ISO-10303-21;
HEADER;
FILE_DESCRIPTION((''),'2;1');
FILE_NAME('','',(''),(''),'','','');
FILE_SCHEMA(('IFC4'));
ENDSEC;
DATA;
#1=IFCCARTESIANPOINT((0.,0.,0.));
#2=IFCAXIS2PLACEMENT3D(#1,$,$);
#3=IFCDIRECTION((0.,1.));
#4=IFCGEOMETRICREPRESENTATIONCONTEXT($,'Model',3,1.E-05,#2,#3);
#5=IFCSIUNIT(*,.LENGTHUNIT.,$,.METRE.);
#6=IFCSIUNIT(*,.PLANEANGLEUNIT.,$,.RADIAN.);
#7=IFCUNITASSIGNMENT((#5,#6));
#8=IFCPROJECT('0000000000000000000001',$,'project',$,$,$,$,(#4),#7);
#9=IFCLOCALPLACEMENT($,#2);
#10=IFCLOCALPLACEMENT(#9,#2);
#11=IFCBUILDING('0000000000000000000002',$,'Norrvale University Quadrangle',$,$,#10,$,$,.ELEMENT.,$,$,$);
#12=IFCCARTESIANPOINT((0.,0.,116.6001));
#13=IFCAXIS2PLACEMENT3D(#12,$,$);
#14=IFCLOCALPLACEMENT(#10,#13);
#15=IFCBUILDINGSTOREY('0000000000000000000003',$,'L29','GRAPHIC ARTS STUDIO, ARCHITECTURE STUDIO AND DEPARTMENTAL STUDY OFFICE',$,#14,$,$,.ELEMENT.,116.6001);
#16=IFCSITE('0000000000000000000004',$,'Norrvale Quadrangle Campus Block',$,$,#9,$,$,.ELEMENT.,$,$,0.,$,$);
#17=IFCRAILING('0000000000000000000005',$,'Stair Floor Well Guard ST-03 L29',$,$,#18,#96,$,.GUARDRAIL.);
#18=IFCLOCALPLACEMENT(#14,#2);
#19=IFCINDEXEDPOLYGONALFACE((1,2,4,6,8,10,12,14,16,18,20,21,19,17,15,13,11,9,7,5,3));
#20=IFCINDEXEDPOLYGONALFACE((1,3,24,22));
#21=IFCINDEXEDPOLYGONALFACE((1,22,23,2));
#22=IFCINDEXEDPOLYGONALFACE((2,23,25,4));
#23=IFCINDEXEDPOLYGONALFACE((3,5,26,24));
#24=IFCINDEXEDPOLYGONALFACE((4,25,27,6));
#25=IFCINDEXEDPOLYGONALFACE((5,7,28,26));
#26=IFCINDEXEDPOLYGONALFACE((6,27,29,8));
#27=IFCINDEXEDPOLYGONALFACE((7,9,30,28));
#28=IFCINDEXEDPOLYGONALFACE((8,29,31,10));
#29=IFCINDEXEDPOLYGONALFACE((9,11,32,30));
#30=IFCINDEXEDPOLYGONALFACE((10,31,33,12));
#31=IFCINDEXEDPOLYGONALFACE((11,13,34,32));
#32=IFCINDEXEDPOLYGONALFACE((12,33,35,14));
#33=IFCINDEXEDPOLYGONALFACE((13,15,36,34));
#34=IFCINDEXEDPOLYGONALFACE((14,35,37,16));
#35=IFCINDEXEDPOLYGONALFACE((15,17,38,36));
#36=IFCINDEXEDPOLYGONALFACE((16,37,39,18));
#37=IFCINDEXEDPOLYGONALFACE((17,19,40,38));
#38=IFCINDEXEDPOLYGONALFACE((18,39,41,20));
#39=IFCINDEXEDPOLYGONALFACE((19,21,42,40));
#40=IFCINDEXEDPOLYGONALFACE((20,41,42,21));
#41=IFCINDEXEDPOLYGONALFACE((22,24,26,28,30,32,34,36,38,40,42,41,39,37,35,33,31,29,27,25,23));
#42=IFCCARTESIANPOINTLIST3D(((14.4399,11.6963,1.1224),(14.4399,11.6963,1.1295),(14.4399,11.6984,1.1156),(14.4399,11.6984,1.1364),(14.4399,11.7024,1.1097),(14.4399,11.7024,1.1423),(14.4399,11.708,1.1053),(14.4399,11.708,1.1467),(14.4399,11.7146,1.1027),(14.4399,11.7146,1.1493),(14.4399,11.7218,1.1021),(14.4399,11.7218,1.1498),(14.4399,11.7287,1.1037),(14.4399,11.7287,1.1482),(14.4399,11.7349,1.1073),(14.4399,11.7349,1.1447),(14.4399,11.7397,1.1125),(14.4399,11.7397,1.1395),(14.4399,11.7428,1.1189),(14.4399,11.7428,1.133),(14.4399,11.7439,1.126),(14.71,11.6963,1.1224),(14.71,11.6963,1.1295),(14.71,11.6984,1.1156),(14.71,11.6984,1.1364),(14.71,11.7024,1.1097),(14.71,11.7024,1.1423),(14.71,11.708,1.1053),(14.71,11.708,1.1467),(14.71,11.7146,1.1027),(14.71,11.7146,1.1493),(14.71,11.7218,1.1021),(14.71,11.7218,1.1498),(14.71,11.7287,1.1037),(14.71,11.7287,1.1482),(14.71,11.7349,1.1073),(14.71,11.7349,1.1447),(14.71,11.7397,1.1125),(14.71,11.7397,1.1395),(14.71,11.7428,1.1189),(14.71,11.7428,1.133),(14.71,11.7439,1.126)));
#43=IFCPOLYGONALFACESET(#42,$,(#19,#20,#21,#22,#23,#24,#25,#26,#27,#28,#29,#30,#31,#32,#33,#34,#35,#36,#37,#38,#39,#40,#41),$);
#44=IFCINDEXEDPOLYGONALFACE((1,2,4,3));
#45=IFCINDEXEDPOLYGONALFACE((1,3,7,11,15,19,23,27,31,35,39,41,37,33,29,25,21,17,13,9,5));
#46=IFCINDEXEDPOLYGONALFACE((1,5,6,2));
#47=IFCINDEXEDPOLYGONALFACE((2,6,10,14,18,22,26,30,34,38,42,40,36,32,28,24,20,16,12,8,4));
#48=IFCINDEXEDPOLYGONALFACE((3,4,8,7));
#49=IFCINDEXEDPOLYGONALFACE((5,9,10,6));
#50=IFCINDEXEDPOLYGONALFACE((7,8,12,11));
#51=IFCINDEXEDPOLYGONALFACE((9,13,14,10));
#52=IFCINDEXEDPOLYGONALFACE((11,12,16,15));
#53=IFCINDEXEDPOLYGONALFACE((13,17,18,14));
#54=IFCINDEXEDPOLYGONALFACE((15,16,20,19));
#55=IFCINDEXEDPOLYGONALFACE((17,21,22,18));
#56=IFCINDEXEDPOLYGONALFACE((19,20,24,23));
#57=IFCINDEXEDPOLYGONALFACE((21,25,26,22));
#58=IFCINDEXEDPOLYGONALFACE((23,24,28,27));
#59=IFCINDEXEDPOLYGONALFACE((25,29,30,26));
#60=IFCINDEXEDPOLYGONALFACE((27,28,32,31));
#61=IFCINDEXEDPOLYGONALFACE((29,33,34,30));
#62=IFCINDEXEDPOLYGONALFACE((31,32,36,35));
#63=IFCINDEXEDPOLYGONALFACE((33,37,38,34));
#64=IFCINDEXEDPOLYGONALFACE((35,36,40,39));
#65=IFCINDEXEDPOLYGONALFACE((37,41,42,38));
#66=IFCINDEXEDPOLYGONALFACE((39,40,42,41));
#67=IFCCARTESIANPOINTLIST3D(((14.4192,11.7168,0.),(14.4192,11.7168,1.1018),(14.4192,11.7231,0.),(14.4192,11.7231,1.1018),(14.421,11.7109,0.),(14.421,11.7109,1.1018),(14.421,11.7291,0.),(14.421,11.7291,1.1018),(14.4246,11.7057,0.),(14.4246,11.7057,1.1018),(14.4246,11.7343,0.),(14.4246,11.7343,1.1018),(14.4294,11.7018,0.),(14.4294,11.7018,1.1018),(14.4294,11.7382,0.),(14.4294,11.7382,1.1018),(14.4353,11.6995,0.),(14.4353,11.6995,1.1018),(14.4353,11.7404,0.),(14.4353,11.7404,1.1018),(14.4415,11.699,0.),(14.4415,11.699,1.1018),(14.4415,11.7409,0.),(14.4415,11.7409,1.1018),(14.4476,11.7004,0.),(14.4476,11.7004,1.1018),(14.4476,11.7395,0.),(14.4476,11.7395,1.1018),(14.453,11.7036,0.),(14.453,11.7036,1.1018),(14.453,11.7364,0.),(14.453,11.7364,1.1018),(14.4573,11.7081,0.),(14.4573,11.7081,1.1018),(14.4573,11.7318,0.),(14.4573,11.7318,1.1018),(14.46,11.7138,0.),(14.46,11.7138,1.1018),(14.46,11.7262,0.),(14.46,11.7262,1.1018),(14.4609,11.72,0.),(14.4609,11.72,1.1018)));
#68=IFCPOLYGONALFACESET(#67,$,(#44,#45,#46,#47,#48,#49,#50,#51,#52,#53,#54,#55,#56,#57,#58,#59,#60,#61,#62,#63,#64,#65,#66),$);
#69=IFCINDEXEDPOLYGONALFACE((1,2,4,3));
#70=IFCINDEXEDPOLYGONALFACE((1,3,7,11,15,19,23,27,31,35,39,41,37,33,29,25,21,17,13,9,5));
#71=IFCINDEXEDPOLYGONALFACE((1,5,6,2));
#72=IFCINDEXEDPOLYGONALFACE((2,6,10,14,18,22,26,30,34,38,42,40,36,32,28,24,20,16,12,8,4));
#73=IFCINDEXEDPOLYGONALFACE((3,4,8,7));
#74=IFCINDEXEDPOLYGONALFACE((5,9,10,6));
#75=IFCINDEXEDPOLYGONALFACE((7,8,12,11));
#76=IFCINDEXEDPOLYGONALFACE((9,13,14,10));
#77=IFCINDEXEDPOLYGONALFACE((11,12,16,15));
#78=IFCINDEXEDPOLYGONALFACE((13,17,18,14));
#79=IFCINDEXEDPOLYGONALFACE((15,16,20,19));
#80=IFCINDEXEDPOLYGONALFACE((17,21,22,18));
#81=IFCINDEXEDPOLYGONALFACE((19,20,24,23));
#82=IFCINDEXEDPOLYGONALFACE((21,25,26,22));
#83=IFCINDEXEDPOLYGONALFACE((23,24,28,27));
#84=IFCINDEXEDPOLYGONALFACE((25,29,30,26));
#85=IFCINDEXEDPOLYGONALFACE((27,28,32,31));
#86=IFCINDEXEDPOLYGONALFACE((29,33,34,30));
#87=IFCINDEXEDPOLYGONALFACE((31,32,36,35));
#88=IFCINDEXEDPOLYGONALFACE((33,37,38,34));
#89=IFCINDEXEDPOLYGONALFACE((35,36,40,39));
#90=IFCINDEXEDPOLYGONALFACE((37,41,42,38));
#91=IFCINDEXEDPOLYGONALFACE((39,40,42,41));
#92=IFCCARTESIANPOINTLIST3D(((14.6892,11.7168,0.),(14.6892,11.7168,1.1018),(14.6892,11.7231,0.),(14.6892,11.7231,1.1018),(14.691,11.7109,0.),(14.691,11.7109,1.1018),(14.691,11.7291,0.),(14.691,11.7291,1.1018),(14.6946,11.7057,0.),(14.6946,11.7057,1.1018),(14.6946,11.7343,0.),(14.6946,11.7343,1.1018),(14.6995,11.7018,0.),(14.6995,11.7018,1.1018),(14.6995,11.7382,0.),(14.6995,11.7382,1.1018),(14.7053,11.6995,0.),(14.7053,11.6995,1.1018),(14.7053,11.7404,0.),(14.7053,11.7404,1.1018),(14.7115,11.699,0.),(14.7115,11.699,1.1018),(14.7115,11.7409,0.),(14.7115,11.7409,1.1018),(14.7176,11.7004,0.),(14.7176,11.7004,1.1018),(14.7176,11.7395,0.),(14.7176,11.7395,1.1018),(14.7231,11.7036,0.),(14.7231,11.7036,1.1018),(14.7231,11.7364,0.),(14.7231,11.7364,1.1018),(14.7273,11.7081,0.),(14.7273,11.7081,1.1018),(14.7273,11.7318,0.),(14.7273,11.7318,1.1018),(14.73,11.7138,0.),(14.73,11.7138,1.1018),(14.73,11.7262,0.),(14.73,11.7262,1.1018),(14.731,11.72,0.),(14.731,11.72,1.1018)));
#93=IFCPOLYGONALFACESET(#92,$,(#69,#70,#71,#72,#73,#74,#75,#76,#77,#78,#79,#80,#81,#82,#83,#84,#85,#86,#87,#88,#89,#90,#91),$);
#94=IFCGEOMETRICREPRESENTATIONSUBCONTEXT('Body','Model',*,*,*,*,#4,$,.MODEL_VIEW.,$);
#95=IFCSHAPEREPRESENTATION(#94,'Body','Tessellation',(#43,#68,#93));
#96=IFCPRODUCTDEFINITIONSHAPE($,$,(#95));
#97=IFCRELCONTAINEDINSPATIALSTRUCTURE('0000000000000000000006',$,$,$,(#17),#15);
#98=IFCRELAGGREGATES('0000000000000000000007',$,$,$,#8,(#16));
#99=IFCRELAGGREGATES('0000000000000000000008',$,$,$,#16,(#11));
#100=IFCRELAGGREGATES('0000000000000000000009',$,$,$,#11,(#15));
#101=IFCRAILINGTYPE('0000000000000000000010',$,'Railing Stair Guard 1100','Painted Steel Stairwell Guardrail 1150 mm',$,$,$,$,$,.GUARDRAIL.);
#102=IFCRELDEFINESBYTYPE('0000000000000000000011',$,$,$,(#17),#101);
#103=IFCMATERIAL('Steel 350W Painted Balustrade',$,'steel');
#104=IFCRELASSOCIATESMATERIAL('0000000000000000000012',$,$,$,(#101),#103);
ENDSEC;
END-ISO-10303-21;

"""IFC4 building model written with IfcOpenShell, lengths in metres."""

from ifc_helpers import new_model, si_unit, direction, frame, origin, origin_2d, place, context, subcontext, project, spatial, circle, extrude, material, type_object, element, save


model = new_model("IFC4")

# Units and contexts
model_context = context("Model", 3, precision=1e-05, world=origin(), true_north=direction((0.0, 1.0)))
body_context = subcontext(model_context, "Body", "Model", "MODEL_VIEW")
ifc_project = project(units=[si_unit("LENGTHUNIT", "METRE"), si_unit("PLANEANGLEUNIT", "RADIAN")], contexts=[model_context])

# Site, building, storey
site_placement = place(None, origin())
site = spatial("IfcSite", under=ifc_project, at=site_placement, Name="Norrvale Quadrangle Campus Block", CompositionType="ELEMENT", RefElevation=0.0)
building_placement = place(site_placement, origin())
building = spatial("IfcBuilding", under=site, at=building_placement, Name="Norrvale University Quadrangle", CompositionType="ELEMENT")
storey_placement = place(building_placement, frame((0.0, 0.0, 116.6001)))
storey = spatial("IfcBuildingStorey", under=building, at=storey_placement, Name="L29", Description="GRAPHIC ARTS STUDIO, ARCHITECTURE STUDIO AND DEPARTMENTAL STUDY OFFICE", CompositionType="ELEMENT", Elevation=116.6001)

# Railing
ifc_material_1 = material(Name="Steel 350W Painted Balustrade", Category="steel")
railing_type_1 = type_object("IfcRailingType", Name="Railing Stair Guard 1100", Description="Painted Steel Stairwell Guardrail 1150 mm", PredefinedType="GUARDRAIL", material=ifc_material_1)
railing_1_placement = place(storey_placement, frame((14.4399, 11.72, 0.0)))
element("IfcRailing", 1, at=railing_1_placement, inside=storey, type_object=railing_type_1, Name="Stair Floor Well Guard ST-03 L29", PredefinedType="GUARDRAIL", context=body_context, shape_type="SweptSolid", body=[
    extrude(circle(Radius=0.0239, at=origin_2d()), frame((0.0, 0.0, 1.126), z_axis=(1.0, 0.0, 0.0), x_axis=(0.0, 1.0, 0.0)), (0.0, 0.0, 1.0), 0.27),
    extrude(circle(Radius=0.021, at=origin_2d()), origin(), (0.0, 0.0, 1.0), 1.1018),
    extrude(circle(Radius=0.021, at=origin_2d()), frame((0.27, 0.0, 0.0)), (0.0, 0.0, 1.0), 1.1018),
])

save(model, "model.ifc")
